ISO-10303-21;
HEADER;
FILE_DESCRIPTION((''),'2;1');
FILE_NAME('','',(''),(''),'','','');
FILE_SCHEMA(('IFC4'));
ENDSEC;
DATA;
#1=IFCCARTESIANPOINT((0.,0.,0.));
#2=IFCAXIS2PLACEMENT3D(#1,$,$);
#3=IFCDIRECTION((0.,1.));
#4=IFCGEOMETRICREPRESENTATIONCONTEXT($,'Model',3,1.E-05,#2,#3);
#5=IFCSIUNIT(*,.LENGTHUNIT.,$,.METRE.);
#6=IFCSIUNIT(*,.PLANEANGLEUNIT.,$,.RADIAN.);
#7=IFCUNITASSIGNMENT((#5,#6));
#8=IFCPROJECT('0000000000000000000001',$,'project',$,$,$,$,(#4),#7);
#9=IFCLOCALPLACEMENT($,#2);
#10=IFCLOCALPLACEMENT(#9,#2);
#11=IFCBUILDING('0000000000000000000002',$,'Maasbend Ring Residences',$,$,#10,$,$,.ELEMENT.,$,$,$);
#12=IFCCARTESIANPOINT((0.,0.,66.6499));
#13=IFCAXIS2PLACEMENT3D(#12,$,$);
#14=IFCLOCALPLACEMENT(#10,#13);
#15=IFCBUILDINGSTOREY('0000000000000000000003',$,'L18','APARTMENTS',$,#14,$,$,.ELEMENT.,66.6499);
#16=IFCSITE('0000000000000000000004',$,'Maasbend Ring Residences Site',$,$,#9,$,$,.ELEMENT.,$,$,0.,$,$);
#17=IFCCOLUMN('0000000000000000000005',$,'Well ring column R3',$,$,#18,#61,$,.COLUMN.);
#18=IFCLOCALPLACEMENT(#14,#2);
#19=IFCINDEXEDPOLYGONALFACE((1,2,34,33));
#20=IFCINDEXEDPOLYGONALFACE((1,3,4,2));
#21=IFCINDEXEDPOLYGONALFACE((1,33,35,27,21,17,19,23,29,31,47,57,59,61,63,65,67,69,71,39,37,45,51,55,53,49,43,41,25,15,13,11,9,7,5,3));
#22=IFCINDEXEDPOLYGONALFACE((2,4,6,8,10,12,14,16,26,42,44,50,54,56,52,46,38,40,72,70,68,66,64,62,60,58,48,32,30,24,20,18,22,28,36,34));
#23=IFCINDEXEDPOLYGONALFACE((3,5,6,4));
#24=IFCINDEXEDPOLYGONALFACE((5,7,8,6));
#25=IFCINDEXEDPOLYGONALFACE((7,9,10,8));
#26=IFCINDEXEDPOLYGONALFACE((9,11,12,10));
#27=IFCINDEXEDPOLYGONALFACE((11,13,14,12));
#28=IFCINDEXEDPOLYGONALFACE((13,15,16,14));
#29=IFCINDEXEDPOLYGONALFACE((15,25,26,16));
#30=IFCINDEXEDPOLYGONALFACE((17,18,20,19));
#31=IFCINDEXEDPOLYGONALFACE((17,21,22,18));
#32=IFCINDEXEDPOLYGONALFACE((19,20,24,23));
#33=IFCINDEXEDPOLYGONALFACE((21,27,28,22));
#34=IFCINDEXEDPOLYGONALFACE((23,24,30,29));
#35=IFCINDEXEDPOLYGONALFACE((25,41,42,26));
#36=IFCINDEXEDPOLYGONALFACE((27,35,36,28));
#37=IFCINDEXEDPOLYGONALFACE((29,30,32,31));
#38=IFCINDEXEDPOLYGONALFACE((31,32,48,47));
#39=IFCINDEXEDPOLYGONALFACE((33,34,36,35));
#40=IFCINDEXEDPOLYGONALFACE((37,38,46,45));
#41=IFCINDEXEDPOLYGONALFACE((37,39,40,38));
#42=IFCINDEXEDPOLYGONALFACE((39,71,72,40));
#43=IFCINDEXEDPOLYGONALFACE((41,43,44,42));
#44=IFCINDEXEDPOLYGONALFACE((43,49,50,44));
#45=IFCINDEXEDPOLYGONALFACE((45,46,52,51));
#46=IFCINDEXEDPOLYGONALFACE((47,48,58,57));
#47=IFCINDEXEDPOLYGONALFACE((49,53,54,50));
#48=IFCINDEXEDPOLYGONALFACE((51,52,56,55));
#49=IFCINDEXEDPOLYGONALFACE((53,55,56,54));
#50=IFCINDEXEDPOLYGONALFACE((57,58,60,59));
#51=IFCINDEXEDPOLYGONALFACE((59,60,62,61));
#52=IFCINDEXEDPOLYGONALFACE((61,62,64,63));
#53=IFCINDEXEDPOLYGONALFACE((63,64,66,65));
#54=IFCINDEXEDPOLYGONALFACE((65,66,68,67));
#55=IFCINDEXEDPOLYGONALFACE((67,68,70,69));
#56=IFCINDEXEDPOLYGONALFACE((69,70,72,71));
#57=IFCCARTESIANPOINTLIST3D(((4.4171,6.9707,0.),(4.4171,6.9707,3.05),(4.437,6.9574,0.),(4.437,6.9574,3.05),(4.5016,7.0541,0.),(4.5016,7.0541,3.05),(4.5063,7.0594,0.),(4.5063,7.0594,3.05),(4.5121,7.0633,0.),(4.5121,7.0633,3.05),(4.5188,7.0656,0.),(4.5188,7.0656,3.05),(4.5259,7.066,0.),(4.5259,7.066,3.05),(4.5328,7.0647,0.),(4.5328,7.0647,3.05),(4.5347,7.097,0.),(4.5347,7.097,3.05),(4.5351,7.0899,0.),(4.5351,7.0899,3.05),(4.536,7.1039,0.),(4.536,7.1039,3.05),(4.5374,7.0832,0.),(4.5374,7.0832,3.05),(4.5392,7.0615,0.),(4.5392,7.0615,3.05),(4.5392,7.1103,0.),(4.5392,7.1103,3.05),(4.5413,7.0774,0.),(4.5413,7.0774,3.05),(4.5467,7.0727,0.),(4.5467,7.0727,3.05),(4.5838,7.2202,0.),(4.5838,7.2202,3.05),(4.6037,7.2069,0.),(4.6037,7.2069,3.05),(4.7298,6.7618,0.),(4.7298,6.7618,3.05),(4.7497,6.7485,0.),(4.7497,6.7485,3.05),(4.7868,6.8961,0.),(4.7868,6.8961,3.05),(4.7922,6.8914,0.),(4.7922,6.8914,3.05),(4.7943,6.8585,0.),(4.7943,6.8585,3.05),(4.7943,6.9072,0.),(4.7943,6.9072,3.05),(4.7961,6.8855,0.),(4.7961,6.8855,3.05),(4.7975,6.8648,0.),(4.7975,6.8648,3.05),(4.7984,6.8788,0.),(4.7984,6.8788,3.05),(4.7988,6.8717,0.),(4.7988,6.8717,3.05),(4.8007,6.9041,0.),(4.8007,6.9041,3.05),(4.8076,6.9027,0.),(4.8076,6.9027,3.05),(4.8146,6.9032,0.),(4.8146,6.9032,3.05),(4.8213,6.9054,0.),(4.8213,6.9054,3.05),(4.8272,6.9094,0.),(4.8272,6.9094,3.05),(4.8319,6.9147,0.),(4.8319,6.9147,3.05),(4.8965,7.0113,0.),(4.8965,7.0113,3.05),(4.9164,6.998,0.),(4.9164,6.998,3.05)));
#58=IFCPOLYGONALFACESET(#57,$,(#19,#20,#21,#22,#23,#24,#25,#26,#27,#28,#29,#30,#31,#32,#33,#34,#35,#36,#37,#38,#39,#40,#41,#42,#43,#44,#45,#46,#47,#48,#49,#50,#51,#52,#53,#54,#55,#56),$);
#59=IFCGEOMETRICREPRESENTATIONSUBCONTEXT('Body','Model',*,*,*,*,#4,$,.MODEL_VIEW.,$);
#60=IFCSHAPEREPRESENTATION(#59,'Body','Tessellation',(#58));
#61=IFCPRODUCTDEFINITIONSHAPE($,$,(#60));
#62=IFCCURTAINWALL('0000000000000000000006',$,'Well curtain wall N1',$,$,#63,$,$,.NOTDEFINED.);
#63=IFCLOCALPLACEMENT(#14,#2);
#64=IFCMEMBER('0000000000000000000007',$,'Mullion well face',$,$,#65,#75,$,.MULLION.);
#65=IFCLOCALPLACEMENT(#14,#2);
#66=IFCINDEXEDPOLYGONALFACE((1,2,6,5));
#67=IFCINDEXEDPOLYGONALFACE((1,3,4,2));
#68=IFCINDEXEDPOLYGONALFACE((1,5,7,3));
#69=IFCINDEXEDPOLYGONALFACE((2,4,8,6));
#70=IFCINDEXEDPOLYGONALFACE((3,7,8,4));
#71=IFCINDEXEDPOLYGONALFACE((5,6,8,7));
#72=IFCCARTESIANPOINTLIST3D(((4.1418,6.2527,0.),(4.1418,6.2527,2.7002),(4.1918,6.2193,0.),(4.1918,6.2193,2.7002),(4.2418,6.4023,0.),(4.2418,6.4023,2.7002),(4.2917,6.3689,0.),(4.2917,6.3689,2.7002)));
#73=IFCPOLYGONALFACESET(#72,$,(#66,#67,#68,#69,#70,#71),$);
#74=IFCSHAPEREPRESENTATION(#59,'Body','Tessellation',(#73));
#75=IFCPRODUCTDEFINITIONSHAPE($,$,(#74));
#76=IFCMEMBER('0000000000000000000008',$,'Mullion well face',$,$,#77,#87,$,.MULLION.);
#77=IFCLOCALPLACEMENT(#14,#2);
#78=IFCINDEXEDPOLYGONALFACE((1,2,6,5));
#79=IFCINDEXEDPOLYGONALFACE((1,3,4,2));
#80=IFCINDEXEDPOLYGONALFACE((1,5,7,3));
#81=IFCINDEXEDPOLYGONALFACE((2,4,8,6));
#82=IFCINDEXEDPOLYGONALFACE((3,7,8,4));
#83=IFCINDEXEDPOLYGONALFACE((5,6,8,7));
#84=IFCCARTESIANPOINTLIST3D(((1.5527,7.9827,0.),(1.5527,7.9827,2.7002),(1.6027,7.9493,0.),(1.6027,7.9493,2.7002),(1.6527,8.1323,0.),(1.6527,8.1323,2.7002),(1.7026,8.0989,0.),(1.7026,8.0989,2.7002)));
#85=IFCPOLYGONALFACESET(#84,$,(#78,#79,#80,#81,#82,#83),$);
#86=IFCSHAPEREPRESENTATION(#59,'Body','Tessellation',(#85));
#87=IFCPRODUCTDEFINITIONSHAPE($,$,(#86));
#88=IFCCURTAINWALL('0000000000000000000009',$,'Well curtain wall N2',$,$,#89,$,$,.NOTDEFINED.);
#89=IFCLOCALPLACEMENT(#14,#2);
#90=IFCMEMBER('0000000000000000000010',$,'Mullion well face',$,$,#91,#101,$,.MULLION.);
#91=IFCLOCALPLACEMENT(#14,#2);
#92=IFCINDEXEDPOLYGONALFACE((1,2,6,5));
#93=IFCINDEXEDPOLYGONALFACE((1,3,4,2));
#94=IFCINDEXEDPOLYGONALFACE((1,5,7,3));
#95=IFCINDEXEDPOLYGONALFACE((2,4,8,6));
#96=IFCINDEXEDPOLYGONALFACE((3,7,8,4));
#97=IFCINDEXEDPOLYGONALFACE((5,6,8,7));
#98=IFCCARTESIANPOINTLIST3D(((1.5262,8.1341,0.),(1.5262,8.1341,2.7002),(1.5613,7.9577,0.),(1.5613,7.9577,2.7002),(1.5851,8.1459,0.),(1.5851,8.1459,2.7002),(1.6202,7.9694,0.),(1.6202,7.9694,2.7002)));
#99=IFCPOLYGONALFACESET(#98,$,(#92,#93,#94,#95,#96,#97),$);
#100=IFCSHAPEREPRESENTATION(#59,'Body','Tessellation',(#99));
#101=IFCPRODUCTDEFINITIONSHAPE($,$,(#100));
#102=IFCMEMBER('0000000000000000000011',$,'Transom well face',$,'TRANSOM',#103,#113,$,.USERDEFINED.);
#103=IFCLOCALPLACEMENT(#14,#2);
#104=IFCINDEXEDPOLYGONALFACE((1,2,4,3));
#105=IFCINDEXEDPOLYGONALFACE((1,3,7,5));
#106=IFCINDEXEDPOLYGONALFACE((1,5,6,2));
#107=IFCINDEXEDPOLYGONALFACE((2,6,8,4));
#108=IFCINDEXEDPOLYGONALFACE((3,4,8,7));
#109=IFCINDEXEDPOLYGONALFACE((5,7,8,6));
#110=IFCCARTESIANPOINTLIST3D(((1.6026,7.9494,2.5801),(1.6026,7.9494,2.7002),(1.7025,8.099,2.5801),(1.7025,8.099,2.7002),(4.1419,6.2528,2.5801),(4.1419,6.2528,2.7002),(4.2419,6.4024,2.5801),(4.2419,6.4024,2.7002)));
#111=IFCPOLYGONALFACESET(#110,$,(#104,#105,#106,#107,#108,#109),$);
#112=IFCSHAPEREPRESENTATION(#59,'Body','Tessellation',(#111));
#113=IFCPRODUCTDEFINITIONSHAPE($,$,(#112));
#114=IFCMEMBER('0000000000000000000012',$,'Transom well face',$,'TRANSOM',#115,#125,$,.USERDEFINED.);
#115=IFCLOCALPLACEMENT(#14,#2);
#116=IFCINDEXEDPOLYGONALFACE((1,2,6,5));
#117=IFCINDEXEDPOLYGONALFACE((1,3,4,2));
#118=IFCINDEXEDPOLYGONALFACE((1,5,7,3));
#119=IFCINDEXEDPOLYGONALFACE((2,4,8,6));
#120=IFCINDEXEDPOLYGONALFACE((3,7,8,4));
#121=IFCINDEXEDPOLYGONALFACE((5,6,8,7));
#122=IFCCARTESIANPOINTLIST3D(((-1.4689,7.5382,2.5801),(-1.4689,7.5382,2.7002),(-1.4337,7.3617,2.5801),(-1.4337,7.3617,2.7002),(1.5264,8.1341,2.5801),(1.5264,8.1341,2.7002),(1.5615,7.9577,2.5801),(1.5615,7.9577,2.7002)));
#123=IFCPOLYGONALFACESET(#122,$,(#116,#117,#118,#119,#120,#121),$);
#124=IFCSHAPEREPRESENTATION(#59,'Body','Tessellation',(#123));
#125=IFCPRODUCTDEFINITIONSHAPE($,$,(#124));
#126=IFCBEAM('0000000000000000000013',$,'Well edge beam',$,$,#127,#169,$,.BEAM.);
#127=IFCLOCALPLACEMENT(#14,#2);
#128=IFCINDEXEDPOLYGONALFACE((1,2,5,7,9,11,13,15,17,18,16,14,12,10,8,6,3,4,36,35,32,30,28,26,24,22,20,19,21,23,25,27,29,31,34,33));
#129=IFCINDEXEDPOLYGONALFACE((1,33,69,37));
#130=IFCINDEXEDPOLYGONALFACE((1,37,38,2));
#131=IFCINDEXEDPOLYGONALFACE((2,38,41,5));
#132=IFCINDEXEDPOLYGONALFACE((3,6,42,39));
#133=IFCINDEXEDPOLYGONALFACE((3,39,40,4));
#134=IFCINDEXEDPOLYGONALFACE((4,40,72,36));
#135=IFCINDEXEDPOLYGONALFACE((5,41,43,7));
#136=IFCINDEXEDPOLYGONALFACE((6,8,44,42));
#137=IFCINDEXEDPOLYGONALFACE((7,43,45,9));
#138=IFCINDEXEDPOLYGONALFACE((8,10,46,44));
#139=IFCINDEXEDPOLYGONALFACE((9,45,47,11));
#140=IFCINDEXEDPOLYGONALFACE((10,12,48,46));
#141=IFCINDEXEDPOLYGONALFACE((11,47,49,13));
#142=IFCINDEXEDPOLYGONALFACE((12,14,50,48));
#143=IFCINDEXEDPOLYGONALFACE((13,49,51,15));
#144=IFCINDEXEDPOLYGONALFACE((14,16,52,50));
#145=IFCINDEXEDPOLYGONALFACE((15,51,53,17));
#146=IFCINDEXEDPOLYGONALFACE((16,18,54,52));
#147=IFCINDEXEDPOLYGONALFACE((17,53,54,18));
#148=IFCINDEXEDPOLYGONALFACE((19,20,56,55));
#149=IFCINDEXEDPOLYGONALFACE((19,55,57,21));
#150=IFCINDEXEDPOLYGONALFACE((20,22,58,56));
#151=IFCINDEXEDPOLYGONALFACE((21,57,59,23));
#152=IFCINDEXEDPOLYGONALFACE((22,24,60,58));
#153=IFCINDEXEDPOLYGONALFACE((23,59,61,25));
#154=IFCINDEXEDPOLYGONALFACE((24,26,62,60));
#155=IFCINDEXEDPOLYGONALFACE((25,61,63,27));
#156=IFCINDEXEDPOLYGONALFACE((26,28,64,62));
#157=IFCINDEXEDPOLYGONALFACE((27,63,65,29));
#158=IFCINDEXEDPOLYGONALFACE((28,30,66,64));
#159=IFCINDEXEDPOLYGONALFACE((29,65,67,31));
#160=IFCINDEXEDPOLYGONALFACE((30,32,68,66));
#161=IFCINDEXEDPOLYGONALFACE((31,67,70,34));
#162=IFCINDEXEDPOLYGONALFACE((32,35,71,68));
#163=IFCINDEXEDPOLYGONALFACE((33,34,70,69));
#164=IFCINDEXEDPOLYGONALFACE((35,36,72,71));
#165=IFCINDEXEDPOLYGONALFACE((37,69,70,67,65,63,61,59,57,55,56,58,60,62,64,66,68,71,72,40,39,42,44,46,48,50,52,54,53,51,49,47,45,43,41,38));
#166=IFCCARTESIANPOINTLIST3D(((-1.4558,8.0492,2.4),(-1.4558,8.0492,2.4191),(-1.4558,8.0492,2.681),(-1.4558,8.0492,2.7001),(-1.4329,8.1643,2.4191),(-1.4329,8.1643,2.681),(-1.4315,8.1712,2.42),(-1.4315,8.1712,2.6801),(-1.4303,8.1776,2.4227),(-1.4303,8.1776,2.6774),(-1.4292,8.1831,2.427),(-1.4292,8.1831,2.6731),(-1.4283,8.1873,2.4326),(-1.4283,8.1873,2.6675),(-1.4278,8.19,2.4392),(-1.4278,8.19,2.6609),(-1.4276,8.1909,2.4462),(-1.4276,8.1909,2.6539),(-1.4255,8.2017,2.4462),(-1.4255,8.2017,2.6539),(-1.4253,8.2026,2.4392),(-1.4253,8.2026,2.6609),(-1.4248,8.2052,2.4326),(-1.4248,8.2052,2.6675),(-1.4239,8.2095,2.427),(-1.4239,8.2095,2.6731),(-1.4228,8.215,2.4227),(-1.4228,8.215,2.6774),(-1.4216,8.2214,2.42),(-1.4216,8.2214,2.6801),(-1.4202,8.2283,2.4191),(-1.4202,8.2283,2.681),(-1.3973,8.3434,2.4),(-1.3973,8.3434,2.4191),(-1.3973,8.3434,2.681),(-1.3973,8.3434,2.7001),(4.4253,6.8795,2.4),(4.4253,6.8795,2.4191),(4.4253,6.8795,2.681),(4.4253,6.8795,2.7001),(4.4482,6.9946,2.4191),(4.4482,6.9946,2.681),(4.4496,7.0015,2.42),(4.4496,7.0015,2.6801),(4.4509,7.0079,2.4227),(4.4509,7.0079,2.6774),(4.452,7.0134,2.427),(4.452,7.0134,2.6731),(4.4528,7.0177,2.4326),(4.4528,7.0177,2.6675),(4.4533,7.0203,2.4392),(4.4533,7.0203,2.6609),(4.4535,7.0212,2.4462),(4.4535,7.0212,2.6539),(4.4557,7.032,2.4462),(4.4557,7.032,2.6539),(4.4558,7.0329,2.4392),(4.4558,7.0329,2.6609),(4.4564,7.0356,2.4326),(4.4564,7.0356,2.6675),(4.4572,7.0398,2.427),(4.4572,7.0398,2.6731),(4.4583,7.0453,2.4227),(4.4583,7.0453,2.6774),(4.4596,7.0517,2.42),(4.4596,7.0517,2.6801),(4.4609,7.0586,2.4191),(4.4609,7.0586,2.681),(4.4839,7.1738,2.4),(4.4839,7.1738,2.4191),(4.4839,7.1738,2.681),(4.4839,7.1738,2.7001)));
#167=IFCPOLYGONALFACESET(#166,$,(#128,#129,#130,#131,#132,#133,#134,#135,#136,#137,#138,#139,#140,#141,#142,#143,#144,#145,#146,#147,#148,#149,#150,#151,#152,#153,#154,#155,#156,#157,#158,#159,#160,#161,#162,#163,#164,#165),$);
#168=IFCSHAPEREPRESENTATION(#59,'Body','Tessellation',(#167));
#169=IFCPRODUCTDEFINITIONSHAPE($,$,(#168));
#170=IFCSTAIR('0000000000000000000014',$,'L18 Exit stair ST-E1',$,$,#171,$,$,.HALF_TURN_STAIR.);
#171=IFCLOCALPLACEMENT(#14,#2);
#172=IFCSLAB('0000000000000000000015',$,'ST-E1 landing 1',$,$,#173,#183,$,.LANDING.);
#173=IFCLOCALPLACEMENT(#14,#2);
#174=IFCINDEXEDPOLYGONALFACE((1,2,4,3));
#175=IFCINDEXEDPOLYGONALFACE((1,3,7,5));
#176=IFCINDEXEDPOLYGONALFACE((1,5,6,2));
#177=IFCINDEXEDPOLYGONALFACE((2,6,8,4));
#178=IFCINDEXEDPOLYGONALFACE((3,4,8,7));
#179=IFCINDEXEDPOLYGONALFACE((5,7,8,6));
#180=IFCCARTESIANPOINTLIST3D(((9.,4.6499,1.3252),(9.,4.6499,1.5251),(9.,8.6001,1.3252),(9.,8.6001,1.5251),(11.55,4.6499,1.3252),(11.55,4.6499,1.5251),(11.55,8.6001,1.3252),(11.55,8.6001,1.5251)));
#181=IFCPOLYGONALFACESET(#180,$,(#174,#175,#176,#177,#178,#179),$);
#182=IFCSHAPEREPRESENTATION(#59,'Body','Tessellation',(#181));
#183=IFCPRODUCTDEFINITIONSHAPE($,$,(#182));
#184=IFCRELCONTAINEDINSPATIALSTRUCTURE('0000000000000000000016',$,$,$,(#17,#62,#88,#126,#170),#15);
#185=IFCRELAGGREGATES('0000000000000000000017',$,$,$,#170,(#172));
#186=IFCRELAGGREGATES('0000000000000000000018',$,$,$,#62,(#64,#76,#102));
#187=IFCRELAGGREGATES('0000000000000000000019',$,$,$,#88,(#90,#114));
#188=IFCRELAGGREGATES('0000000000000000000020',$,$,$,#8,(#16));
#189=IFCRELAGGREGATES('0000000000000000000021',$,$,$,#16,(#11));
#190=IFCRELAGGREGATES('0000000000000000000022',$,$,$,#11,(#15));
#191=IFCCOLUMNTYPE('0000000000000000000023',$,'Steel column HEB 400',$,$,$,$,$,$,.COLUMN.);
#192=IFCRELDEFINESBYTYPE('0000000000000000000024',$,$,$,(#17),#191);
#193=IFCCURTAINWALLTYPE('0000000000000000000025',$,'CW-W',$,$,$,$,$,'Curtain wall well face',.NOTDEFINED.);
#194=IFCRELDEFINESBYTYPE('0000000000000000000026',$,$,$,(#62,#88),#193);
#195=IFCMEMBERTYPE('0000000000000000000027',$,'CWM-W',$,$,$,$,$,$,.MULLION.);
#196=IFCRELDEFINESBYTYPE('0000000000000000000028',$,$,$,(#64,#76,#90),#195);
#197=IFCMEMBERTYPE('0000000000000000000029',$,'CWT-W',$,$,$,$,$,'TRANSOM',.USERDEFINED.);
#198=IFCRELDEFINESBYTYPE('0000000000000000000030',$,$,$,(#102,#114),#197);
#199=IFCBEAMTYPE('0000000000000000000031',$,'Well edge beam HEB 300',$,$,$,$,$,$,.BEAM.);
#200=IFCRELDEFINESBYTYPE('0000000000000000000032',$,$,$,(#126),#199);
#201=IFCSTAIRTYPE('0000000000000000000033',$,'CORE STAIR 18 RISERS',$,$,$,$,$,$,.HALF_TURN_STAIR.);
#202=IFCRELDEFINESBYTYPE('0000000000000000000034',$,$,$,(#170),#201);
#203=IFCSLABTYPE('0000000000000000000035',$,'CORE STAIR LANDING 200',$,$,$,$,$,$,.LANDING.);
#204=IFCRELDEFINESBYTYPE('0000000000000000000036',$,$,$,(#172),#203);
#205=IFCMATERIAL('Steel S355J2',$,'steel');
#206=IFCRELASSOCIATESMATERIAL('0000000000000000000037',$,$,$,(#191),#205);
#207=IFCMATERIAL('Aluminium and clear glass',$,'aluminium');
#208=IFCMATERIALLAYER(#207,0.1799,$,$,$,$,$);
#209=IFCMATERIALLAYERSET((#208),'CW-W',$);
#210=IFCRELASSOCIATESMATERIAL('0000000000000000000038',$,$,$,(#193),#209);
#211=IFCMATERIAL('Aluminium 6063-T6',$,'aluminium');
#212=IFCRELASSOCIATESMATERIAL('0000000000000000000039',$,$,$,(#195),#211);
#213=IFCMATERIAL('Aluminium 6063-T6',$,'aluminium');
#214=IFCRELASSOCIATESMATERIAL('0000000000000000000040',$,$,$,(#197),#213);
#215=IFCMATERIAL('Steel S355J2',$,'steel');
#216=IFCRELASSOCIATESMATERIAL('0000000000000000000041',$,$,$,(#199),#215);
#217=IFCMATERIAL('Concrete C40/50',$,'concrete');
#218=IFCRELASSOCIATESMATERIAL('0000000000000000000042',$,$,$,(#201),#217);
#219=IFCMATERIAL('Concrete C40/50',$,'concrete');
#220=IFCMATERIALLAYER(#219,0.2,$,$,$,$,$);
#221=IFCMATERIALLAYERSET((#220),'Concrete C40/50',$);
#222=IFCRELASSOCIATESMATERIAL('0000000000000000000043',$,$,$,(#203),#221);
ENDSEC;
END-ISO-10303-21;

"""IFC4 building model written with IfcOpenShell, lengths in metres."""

from ifc_helpers import new_model, si_unit, direction, frame, origin, origin_2d, place, context, subcontext, project, spatial, polyline, rectangle, i_section, outline, extrude, material, layer, layer_set, material_profile, profile_set, type_object, element, aggregate, save


model = new_model("IFC4")

# Units and contexts
model_context = context("Model", 3, precision=1e-05, world=origin(), true_north=direction((0.0, 1.0)))
body_context = subcontext(model_context, "Body", "Model", "MODEL_VIEW")
ifc_project = project(units=[si_unit("LENGTHUNIT", "METRE"), si_unit("PLANEANGLEUNIT", "RADIAN")], contexts=[model_context])

# Site, building, storey
site_placement = place(None, origin())
site = spatial("IfcSite", under=ifc_project, at=site_placement, Name="Maasbend Ring Residences Site", CompositionType="ELEMENT", RefElevation=0.0)
building_placement = place(site_placement, origin())
building = spatial("IfcBuilding", under=site, at=building_placement, Name="Maasbend Ring Residences", CompositionType="ELEMENT")
storey_placement = place(building_placement, frame((0.0, 0.0, 66.6499)))
storey = spatial("IfcBuildingStorey", under=building, at=storey_placement, Name="L18", Description="APARTMENTS", CompositionType="ELEMENT", Elevation=66.6499)

# Column
ifc_material_1 = material(Name="Steel S355J2", Category="steel")
ifc_material_profile_1 = material_profile(ifc_material_1, i_section(OverallWidth=0.3, OverallDepth=0.3999, WebThickness=0.0134, FlangeThickness=0.0239, FilletRadius=0.0271, at=origin_2d()), Name="HEB 400")
ifc_profile_set_1 = profile_set([ifc_material_profile_1], Name="Steel S355J2")
column_type = type_object("IfcColumnType", Name="Steel column HEB 400", PredefinedType="COLUMN", material=ifc_profile_set_1)
column_placement = place(storey_placement, frame((4.6667, 6.9844, 0.0), z_axis=(0.0, 0.0, 1.0), x_axis=(0.55557, 0.83147, 0.0)))
element("IfcColumn", 1, at=column_placement, inside=storey, type_object=column_type, Name="Well ring column R3", PredefinedType="COLUMN", context=body_context, shape_type="SweptSolid", body=[
    extrude(i_section(OverallWidth=0.3, OverallDepth=0.3999, WebThickness=0.0134, FlangeThickness=0.0239, FilletRadius=0.0271, at=origin_2d()), origin(), (0.0, 0.0, 1.0), 3.05),
])

# Curtain wall, members
ifc_material_2 = material(Name="Aluminium and clear glass", Category="aluminium")
ifc_layer_1 = layer(ifc_material_2, 0.1799)
ifc_layer_set_1 = layer_set([ifc_layer_1], Name="CW-W")
curtain_wall_type = type_object("IfcCurtainWallType", Name="CW-W", ElementType="Curtain wall well face", PredefinedType="NOTDEFINED", material=ifc_layer_set_1)
curtain_wall_1_placement = place(storey_placement, origin())
curtain_wall_1 = element("IfcCurtainWall", 2, at=curtain_wall_1_placement, inside=storey, type_object=curtain_wall_type, Name="Well curtain wall N1", PredefinedType="NOTDEFINED")
ifc_material_3 = material(Name="Aluminium 6063-T6", Category="aluminium")
ifc_material_profile_2 = material_profile(ifc_material_3, rectangle(XDim=0.1799, YDim=0.0601, at=origin_2d()), Name="AL 180x60")
ifc_profile_set_2 = profile_set([ifc_material_profile_2], Name="Aluminium 6063-T6")
member_type_1 = type_object("IfcMemberType", Name="CWM-W", PredefinedType="MULLION", material=ifc_profile_set_2)
member_1_placement = place(storey_placement, frame((4.2168, 6.3108, 0.0), z_axis=(0.0, 0.0, 1.0), x_axis=(-0.55557, -0.83147, 0.0)))
member_1 = element("IfcMember", 3, at=member_1_placement, type_object=member_type_1, Name="Mullion well face", PredefinedType="MULLION", context=body_context, shape_type="SweptSolid", body=[
    extrude(rectangle(XDim=0.1799, YDim=0.0601, at=origin_2d()), origin(), (0.0, 0.0, 1.0), 2.7002),
])
member_2_placement = place(storey_placement, frame((1.6277, 8.0408, 0.0), z_axis=(0.0, 0.0, 1.0), x_axis=(-0.55557, -0.83147, 0.0)))
member_2 = element("IfcMember", 4, at=member_2_placement, type_object=member_type_1, Name="Mullion well face", PredefinedType="MULLION", context=body_context, shape_type="SweptSolid", body=[
    extrude(rectangle(XDim=0.1799, YDim=0.0601, at=origin_2d()), origin(), (0.0, 0.0, 1.0), 2.7002),
])

# Curtain wall, member
curtain_wall_2_placement = place(storey_placement, origin())
curtain_wall_2 = element("IfcCurtainWall", 5, at=curtain_wall_2_placement, inside=storey, type_object=curtain_wall_type, Name="Well curtain wall N2", PredefinedType="NOTDEFINED")
member_3_placement = place(storey_placement, frame((1.5732, 8.0518, 0.0), z_axis=(0.0, 0.0, 1.0), x_axis=(0.19509, -0.980785, 0.0)))
member_3 = element("IfcMember", 6, at=member_3_placement, type_object=member_type_1, Name="Mullion well face", PredefinedType="MULLION", context=body_context, shape_type="SweptSolid", body=[
    extrude(rectangle(XDim=0.1799, YDim=0.0601, at=origin_2d()), origin(), (0.0, 0.0, 1.0), 2.7002),
])

# Members
ifc_material_4 = material(Name="Aluminium 6063-T6", Category="aluminium")
ifc_material_profile_3 = material_profile(ifc_material_4, rectangle(XDim=0.1799, YDim=0.1201, at=origin_2d()), Name="AL 180x120")
ifc_profile_set_3 = profile_set([ifc_material_profile_3], Name="Aluminium 6063-T6")
member_type_2 = type_object("IfcMemberType", Name="CWT-W", ElementType="TRANSOM", PredefinedType="USERDEFINED", material=ifc_profile_set_3)
member_4_placement = place(storey_placement, frame((4.1919, 6.3276, 2.6401), z_axis=(-0.831496, 0.55553, 0.0), x_axis=(-0.55553, -0.831496, 0.0)))
member_4 = element("IfcMember", 7, at=member_4_placement, type_object=member_type_2, Name="Transom well face", ObjectType="TRANSOM", PredefinedType="USERDEFINED", context=body_context, shape_type="SweptSolid", body=[
    extrude(rectangle(XDim=0.1799, YDim=0.1201, at=origin_2d()), origin(), (0.0, 0.0, 1.0), 3.054),
])
member_5_placement = place(storey_placement, frame((1.5439, 8.0459, 2.6401), z_axis=(-0.980777, -0.195132, 0.0), x_axis=(0.195132, -0.980777, 0.0)))
member_5 = element("IfcMember", 8, at=member_5_placement, type_object=member_type_2, Name="Transom well face", ObjectType="TRANSOM", PredefinedType="USERDEFINED", context=body_context, shape_type="SweptSolid", body=[
    extrude(rectangle(XDim=0.1799, YDim=0.1201, at=origin_2d()), origin(), (0.0, 0.0, 1.0), 3.054),
])

# Beam
ifc_material_5 = material(Name="Steel S355J2", Category="steel")
ifc_material_profile_4 = material_profile(ifc_material_5, i_section(OverallWidth=0.3, OverallDepth=0.3, WebThickness=0.011, FlangeThickness=0.019, FilletRadius=0.0271, at=origin_2d()), Name="HEB 300")
ifc_profile_set_4 = profile_set([ifc_material_profile_4], Name="Steel S355J2")
beam_type = type_object("IfcBeamType", Name="Well edge beam HEB 300", PredefinedType="BEAM", material=ifc_profile_set_4)
beam_placement = place(storey_placement, frame((4.4546, 7.0266, 2.55), z_axis=(-0.98079, 0.195067, 0.0), x_axis=(-0.195067, -0.98079, 0.0)))
element("IfcBeam", 9, at=beam_placement, inside=storey, type_object=beam_type, Name="Well edge beam", PredefinedType="BEAM", context=body_context, shape_type="SweptSolid", body=[
    extrude(i_section(OverallWidth=0.3, OverallDepth=0.3, WebThickness=0.011, FlangeThickness=0.019, FilletRadius=0.0271, at=origin_2d()), origin(), (0.0, 0.0, 1.0), 5.9963),
])

# Stair, slab
ifc_material_6 = material(Name="Concrete C40/50", Category="concrete")
stair_type = type_object("IfcStairType", Name="CORE STAIR 18 RISERS", PredefinedType="HALF_TURN_STAIR", material=ifc_material_6)
stair_1_placement = place(storey_placement, origin())
stair_1 = element("IfcStair", 10, at=stair_1_placement, inside=storey, type_object=stair_type, Name="L18 Exit stair ST-E1", PredefinedType="HALF_TURN_STAIR")
ifc_material_7 = material(Name="Concrete C40/50", Category="concrete")
ifc_layer_2 = layer(ifc_material_7, 0.2)
ifc_layer_set_2 = layer_set([ifc_layer_2], Name="Concrete C40/50")
slab_type = type_object("IfcSlabType", Name="CORE STAIR LANDING 200", PredefinedType="LANDING", material=ifc_layer_set_2)
slab_1_placement = place(storey_placement, frame((0.0, 0.0, 1.3252)))
slab_1 = element("IfcSlab", 11, at=slab_1_placement, type_object=slab_type, Name="ST-E1 landing 1", PredefinedType="LANDING", context=body_context, shape_type="SweptSolid", body=[
    extrude(outline(polyline([(11.55, 8.6001), (9.0, 8.6001), (9.0, 4.6499), (11.55, 4.6499), (11.55, 8.6001)])), origin(), (0.0, 0.0, 1.0), 0.2),
])
aggregate(stair_1, [slab_1])

aggregate(curtain_wall_1, [member_1, member_2, member_4])
aggregate(curtain_wall_2, [member_3, member_5])

save(model, "model.ifc")
